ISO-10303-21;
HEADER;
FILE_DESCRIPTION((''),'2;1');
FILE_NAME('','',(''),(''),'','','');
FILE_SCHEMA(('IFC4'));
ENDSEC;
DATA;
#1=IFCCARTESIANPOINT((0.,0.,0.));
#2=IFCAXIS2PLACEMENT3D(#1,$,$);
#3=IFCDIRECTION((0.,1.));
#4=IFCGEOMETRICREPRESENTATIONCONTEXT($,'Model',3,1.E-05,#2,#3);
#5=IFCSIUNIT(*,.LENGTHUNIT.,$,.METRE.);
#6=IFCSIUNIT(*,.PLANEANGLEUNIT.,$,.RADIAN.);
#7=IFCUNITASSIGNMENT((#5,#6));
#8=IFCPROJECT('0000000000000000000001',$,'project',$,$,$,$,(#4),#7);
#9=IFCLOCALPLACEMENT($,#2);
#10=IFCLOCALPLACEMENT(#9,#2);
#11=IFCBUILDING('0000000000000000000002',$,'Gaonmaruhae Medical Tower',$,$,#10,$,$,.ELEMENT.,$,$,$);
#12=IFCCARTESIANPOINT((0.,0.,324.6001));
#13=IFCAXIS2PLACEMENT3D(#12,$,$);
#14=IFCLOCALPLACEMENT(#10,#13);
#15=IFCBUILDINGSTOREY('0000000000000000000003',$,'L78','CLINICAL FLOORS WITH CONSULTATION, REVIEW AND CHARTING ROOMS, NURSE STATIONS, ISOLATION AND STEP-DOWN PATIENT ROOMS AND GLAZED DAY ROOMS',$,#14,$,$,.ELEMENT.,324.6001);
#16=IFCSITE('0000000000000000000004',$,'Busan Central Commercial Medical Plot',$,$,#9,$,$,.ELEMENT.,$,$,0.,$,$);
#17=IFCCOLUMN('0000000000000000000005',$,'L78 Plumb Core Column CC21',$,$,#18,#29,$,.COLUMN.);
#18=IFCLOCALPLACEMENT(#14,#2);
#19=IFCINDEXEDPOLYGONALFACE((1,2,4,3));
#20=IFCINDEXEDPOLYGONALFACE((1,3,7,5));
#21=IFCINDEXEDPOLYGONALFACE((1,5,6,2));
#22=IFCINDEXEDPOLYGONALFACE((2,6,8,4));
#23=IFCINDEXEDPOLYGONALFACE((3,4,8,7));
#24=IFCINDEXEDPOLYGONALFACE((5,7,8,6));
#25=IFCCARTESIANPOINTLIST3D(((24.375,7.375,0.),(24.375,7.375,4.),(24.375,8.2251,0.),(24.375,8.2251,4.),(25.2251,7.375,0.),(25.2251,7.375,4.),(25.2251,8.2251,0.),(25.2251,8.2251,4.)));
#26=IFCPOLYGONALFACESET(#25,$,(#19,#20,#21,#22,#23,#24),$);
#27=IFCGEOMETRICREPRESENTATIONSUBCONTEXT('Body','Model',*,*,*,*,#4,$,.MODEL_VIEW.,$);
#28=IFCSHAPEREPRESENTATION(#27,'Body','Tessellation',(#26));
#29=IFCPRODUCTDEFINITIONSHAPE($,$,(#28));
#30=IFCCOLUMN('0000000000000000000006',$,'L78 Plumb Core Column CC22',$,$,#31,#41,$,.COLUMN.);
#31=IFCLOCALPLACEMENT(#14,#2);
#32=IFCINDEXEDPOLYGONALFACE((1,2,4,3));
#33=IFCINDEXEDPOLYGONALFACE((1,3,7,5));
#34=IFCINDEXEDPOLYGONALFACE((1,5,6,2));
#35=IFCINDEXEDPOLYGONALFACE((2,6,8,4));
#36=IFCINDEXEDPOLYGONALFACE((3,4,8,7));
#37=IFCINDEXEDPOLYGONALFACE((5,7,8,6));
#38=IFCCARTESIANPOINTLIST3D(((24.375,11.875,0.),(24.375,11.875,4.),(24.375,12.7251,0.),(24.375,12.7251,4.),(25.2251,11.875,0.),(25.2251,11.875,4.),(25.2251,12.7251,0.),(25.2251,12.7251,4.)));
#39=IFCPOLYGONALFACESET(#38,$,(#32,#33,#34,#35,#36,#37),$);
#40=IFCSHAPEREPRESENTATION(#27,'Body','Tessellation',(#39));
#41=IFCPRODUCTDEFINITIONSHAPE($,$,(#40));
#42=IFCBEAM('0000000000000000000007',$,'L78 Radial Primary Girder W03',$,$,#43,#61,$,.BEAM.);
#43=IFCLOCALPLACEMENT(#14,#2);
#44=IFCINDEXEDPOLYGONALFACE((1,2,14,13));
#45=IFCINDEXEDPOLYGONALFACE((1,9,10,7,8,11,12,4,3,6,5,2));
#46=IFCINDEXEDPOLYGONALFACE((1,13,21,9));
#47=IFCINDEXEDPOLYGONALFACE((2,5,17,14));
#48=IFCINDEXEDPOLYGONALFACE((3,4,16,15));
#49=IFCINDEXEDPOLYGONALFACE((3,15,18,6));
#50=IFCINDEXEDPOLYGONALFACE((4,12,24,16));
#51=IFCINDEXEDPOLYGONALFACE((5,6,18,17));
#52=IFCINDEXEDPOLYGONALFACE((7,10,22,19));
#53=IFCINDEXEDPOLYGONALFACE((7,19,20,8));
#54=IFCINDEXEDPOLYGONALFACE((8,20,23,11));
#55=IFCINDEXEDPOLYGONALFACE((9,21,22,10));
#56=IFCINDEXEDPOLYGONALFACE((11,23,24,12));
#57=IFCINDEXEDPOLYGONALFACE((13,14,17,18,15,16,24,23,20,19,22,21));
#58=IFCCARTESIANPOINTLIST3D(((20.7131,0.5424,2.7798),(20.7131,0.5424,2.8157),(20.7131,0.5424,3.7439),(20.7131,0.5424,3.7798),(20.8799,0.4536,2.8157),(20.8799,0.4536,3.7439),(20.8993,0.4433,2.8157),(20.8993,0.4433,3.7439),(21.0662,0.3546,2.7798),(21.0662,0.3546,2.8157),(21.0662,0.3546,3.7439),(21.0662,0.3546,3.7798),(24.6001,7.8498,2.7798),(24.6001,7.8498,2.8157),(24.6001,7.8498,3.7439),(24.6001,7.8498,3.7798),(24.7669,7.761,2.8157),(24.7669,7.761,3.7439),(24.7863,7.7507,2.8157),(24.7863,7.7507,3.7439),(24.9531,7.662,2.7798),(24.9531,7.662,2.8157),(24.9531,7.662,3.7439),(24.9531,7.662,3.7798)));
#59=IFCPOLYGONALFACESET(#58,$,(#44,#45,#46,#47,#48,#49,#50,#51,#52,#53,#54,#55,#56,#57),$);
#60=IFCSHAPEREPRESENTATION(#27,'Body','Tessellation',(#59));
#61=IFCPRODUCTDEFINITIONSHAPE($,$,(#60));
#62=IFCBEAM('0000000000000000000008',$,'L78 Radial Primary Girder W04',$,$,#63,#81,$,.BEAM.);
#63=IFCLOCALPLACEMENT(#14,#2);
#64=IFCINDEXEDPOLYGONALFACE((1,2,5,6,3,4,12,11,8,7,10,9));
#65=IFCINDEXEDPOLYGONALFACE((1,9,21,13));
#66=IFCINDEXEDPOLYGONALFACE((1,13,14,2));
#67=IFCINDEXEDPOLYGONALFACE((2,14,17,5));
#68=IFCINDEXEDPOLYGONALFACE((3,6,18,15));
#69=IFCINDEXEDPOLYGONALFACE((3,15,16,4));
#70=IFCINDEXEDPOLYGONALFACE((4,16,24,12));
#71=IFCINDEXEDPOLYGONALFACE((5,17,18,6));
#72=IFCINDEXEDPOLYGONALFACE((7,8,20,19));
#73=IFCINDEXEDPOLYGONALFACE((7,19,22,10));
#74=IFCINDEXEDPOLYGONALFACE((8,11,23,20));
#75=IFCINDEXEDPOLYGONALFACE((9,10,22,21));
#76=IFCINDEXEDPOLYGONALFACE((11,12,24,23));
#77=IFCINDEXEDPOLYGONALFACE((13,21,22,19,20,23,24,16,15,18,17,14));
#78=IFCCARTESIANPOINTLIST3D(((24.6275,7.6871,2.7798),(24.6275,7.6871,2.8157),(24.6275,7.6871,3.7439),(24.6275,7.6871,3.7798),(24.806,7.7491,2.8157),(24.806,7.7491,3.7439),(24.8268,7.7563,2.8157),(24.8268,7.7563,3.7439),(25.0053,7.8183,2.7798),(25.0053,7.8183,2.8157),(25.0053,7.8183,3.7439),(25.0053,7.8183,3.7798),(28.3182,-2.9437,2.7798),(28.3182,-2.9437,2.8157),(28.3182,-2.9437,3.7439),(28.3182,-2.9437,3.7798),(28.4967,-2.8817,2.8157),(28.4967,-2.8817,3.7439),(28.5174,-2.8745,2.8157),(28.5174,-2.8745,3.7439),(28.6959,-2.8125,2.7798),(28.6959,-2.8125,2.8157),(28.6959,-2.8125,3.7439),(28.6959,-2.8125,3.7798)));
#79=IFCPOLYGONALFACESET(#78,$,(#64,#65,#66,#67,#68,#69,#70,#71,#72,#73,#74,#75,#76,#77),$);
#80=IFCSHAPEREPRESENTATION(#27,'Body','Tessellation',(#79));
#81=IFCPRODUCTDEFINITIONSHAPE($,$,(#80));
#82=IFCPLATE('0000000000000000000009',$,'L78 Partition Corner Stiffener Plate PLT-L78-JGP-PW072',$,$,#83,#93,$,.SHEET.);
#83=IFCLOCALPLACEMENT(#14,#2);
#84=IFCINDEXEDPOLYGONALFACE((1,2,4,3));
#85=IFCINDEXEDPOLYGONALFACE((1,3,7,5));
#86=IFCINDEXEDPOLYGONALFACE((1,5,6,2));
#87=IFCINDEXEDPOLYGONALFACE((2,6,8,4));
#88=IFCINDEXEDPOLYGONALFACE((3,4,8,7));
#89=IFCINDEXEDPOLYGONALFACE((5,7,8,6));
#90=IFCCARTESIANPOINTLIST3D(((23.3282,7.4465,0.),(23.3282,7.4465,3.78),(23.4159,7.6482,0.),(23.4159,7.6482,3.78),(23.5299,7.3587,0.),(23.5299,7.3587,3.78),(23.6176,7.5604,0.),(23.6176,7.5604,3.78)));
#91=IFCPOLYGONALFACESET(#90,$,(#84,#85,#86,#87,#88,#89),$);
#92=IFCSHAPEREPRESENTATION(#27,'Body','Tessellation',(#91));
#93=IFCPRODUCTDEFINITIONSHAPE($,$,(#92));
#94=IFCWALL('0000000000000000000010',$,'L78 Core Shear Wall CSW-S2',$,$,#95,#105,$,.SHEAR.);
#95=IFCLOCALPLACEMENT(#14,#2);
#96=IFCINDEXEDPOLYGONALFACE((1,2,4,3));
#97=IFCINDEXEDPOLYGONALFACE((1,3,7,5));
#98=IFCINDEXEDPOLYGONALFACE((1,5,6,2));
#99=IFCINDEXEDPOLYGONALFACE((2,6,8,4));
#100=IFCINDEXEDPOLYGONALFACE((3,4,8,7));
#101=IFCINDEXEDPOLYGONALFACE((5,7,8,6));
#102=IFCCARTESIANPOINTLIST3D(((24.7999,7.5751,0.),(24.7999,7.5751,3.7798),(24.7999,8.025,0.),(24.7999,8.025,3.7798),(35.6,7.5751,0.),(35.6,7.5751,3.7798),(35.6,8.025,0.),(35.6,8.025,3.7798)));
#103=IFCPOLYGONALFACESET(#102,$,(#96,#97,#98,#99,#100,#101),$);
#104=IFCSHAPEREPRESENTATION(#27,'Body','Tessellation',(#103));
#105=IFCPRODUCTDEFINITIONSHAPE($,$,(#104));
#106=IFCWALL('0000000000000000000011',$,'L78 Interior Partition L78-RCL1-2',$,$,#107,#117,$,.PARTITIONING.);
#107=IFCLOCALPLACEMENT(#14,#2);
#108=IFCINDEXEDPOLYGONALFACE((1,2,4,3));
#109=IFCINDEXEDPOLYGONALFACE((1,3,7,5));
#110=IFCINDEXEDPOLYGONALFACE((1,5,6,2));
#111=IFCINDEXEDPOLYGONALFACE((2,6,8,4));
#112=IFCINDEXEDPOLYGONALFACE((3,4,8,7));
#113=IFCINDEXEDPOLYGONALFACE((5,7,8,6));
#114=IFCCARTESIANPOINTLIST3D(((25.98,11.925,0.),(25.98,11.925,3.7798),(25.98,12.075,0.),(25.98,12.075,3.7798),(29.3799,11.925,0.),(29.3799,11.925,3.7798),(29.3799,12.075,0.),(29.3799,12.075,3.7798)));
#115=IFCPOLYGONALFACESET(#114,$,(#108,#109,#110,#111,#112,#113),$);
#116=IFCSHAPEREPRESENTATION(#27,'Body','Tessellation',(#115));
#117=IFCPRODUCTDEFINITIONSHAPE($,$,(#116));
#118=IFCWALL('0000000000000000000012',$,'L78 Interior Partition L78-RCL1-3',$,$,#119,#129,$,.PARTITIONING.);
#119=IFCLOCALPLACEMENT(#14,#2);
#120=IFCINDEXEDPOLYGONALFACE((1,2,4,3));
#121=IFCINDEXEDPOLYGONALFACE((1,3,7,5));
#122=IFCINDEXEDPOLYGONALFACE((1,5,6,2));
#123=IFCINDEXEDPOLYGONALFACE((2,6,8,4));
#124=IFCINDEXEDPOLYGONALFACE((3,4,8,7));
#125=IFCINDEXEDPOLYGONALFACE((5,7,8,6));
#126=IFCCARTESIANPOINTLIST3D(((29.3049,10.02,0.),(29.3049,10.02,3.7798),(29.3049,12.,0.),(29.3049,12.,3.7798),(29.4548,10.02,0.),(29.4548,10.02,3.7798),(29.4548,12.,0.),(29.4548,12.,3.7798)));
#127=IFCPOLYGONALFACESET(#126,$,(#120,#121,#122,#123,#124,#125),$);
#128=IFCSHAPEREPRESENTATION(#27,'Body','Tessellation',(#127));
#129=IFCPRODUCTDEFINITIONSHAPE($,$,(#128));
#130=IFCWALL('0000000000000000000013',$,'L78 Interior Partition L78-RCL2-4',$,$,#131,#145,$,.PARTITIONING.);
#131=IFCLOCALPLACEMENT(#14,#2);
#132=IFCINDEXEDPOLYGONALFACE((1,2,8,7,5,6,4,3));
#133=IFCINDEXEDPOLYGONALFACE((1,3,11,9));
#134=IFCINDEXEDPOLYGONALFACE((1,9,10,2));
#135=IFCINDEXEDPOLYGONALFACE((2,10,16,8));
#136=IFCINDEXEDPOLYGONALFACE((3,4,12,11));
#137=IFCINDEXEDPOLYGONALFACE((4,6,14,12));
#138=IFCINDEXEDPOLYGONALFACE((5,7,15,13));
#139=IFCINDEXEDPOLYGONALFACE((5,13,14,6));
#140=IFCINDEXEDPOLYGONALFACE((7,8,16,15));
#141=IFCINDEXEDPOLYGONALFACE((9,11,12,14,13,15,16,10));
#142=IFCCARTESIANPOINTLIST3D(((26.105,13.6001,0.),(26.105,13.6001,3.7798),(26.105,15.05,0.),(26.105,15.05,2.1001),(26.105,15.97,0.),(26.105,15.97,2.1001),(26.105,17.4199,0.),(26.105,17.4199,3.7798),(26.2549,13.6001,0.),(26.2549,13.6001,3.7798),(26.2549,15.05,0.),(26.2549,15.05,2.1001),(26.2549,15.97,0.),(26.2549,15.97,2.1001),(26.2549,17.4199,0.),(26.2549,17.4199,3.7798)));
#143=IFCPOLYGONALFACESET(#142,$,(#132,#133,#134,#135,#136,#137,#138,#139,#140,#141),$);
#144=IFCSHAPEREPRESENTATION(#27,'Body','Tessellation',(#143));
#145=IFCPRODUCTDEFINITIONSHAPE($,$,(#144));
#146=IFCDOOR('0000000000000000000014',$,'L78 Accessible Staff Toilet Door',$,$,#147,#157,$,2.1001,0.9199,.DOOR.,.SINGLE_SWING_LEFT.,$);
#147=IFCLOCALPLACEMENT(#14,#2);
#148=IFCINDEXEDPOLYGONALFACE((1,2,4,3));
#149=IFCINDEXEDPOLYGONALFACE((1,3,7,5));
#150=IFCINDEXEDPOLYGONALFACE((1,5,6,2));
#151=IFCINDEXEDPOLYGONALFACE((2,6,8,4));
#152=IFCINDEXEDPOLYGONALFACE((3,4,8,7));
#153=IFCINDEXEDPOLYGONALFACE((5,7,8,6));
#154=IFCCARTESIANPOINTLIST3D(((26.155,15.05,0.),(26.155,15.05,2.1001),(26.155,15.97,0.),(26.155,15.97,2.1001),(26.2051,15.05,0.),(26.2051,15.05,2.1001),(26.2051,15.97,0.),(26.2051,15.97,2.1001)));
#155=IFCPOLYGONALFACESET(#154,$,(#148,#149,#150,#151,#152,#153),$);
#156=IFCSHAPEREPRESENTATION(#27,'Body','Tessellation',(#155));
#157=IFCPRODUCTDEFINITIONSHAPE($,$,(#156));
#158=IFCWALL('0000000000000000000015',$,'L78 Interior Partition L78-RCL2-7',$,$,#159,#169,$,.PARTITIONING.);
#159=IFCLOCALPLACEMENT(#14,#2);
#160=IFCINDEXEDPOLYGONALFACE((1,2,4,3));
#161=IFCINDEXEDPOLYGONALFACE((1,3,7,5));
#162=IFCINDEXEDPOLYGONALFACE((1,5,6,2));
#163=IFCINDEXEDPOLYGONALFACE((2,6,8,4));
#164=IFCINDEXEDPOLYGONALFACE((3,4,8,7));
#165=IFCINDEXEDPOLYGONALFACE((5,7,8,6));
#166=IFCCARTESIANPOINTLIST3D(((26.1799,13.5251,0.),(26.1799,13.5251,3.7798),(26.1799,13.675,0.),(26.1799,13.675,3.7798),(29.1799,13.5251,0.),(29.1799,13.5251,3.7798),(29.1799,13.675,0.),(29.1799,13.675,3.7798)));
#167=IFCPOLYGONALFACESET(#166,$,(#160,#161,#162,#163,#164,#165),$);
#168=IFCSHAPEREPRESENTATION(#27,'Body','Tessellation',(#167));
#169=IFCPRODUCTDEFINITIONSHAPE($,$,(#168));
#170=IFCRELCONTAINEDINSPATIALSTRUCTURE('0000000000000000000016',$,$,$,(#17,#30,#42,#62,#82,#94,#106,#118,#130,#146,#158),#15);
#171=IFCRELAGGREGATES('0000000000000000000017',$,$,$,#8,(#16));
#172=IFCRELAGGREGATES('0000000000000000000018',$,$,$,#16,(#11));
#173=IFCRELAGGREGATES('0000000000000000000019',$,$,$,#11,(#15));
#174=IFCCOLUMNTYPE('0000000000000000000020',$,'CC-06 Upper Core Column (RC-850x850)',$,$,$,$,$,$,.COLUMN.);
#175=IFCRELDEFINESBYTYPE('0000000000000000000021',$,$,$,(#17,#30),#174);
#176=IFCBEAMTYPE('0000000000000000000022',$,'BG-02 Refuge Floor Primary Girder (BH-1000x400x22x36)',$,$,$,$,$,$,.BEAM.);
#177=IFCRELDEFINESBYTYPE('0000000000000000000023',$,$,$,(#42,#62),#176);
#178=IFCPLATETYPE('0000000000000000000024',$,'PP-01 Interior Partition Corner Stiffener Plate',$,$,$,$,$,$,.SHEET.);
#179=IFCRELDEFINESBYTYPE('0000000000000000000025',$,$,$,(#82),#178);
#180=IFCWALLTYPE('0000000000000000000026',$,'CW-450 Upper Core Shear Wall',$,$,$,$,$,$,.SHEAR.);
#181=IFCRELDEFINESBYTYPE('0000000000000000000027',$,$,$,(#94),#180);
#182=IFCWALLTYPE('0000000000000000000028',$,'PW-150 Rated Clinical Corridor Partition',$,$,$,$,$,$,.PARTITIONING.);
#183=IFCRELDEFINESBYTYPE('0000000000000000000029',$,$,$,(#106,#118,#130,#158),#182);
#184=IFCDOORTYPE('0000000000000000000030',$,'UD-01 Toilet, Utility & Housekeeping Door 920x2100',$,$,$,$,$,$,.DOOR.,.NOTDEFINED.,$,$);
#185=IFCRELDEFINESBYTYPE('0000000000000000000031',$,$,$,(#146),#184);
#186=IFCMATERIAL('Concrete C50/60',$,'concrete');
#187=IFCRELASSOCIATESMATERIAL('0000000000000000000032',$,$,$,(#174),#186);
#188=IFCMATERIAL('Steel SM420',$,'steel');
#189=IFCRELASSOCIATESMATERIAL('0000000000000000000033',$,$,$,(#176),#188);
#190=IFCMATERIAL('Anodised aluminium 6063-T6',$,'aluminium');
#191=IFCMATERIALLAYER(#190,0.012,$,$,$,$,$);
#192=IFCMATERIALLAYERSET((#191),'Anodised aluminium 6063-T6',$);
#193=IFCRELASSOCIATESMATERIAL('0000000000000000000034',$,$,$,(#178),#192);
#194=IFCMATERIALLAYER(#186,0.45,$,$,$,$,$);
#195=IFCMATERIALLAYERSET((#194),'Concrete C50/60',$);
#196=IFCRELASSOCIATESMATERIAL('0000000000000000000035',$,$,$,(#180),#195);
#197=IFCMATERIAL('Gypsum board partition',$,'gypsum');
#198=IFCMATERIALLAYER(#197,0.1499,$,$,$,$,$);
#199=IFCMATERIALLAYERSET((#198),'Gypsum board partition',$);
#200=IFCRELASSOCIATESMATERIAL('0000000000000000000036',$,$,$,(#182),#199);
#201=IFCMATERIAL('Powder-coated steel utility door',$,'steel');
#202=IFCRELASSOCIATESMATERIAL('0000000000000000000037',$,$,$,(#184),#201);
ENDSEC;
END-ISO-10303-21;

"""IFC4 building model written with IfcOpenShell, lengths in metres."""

from ifc_helpers import new_model, si_unit, direction, frame, frame_2d, origin, origin_2d, place, context, subcontext, project, spatial, rectangle, i_section, extrude, material, layer, layer_set, material_profile, profile_set, type_object, element, fill, save


model = new_model("IFC4")

# Units and contexts
model_context = context("Model", 3, precision=1e-05, world=origin(), true_north=direction((0.0, 1.0)))
body_context = subcontext(model_context, "Body", "Model", "MODEL_VIEW")
ifc_project = project(units=[si_unit("LENGTHUNIT", "METRE"), si_unit("PLANEANGLEUNIT", "RADIAN")], contexts=[model_context])

# Site, building, storey
site_placement = place(None, origin())
site = spatial("IfcSite", under=ifc_project, at=site_placement, Name="Busan Central Commercial Medical Plot", CompositionType="ELEMENT", RefElevation=0.0)
building_placement = place(site_placement, origin())
building = spatial("IfcBuilding", under=site, at=building_placement, Name="Gaonmaruhae Medical Tower", CompositionType="ELEMENT")
storey_placement = place(building_placement, frame((0.0, 0.0, 324.6001)))
storey = spatial("IfcBuildingStorey", under=building, at=storey_placement, Name="L78", Description="CLINICAL FLOORS WITH CONSULTATION, REVIEW AND CHARTING ROOMS, NURSE STATIONS, ISOLATION AND STEP-DOWN PATIENT ROOMS AND GLAZED DAY ROOMS", CompositionType="ELEMENT", Elevation=324.6001)

# Columns
ifc_material_1 = material(Name="Concrete C50/60", Category="concrete")
ifc_material_profile_1 = material_profile(ifc_material_1, rectangle(XDim=0.8501, YDim=0.8501, at=origin_2d()), Name="RC-850x850")
ifc_profile_set_1 = profile_set([ifc_material_profile_1], Name="Concrete C50/60")
column_type = type_object("IfcColumnType", Name="CC-06 Upper Core Column (RC-850x850)", PredefinedType="COLUMN", material=ifc_profile_set_1)
for number, where, z_axis, x_axis, name in (
    (1, (24.8, 7.8, 0.0), (0.0, 0.0, 1.0), (1.0, 0.0, 0.0), "L78 Plumb Core Column CC21"),
    (2, (24.8, 12.3, 0.0), (0.0, 0.0, 1.0), (1.0, 0.0, 0.0), "L78 Plumb Core Column CC22"),
):
    element("IfcColumn", number, at=place(storey_placement, frame(where, z_axis=z_axis, x_axis=x_axis)), inside=storey, type_object=column_type, Name=name, PredefinedType="COLUMN", context=body_context, shape_type="SweptSolid", body=[
        extrude(rectangle(XDim=0.8501, YDim=0.8501, at=origin_2d()), origin(), (0.0, 0.0, 1.0), 4.0),
    ])

# Beams
ifc_material_2 = material(Name="Steel SM420", Category="steel")
ifc_material_profile_2 = material_profile(ifc_material_2, i_section(OverallWidth=0.3999, OverallDepth=1.0, WebThickness=0.022, FlangeThickness=0.0359, at=origin_2d()), Name="BH-1000x400x22x36")
ifc_profile_set_2 = profile_set([ifc_material_profile_2], Name="Steel SM420")
beam_type = type_object("IfcBeamType", Name="BG-02 Refuge Floor Primary Girder (BH-1000x400x22x36)", PredefinedType="BEAM", material=ifc_profile_set_2)
beam_1_placement = place(storey_placement, frame((24.7766, 7.7559, 3.2798), z_axis=(-0.469619, -0.882869, 0.0), x_axis=(0.882869, -0.469619, 0.0)))
element("IfcBeam", 3, at=beam_1_placement, inside=storey, type_object=beam_type, Name="L78 Radial Primary Girder W03", PredefinedType="BEAM", context=body_context, shape_type="SweptSolid", body=[
    extrude(i_section(OverallWidth=0.3999, OverallDepth=1.0, WebThickness=0.022, FlangeThickness=0.0359, at=origin_2d()), origin(), (0.0, 0.0, 1.0), 8.2769),
])
beam_2_placement = place(storey_placement, frame((24.8164, 7.7527, 3.2798), z_axis=(0.327964, -0.94469, 0.0), x_axis=(0.94469, 0.327964, 0.0)))
element("IfcBeam", 4, at=beam_2_placement, inside=storey, type_object=beam_type, Name="L78 Radial Primary Girder W04", PredefinedType="BEAM", context=body_context, shape_type="SweptSolid", body=[
    extrude(i_section(OverallWidth=0.3999, OverallDepth=1.0, WebThickness=0.022, FlangeThickness=0.0359, at=origin_2d()), origin(), (0.0, 0.0, 1.0), 11.2532),
])

# Plate
ifc_material_3 = material(Name="Anodised aluminium 6063-T6", Category="aluminium")
ifc_layer_1 = layer(ifc_material_3, 0.012)
ifc_layer_set_1 = layer_set([ifc_layer_1], Name="Anodised aluminium 6063-T6")
plate_type = type_object("IfcPlateType", Name="PP-01 Interior Partition Corner Stiffener Plate", PredefinedType="SHEET", material=ifc_layer_set_1)
plate_placement = place(storey_placement, frame((23.4729, 7.5034, 0.0), z_axis=(0.0, 0.0, 1.0), x_axis=(0.916907, -0.399101, 0.0)))
element("IfcPlate", 5, at=plate_placement, inside=storey, type_object=plate_type, Name="L78 Partition Corner Stiffener Plate PLT-L78-JGP-PW072", PredefinedType="SHEET", context=body_context, shape_type="SweptSolid", body=[
    extrude(rectangle(XDim=0.22, YDim=0.22, at=origin_2d()), origin(), (0.0, 0.0, 1.0), 3.78),
])

# Wall
ifc_layer_2 = layer(ifc_material_1, 0.45)
ifc_layer_set_2 = layer_set([ifc_layer_2], Name="Concrete C50/60")
wall_type_1 = type_object("IfcWallType", Name="CW-450 Upper Core Shear Wall", PredefinedType="SHEAR", material=ifc_layer_set_2)
wall_1_placement = place(storey_placement, frame((24.8, 7.8, 0.0), z_axis=(0.0, 0.0, 1.0), x_axis=(1.0, 0.0, 0.0)))
element("IfcWall", 6, at=wall_1_placement, inside=storey, type_object=wall_type_1, Name="L78 Core Shear Wall CSW-S2", PredefinedType="SHEAR", context=body_context, shape_type="SweptSolid", body=[
    extrude(rectangle(XDim=10.8, YDim=0.45, at=frame_2d((5.3999, 0.0))), origin(), (0.0, 0.0, 1.0), 3.7798),
])

# Shared definitions
ifc_material_4 = material(Name="Gypsum board partition", Category="gypsum")
ifc_layer_3 = layer(ifc_material_4, 0.1499)
ifc_layer_set_3 = layer_set([ifc_layer_3], Name="Gypsum board partition")
wall_type_2 = type_object("IfcWallType", Name="PW-150 Rated Clinical Corridor Partition", PredefinedType="PARTITIONING", material=ifc_layer_set_3)

# Walls
wall_2_placement = place(storey_placement, frame((25.98, 12.0, 0.0), z_axis=(0.0, 0.0, 1.0), x_axis=(1.0, 0.0, 0.0)))
element("IfcWall", 7, at=wall_2_placement, inside=storey, type_object=wall_type_2, Name="L78 Interior Partition L78-RCL1-2", PredefinedType="PARTITIONING", context=body_context, shape_type="SweptSolid", body=[
    extrude(rectangle(XDim=3.3999, YDim=0.1499, at=frame_2d((1.7, 0.0))), origin(), (0.0, 0.0, 1.0), 3.7798),
])
wall_3_placement = place(storey_placement, frame((29.3799, 12.0, 0.0), z_axis=(0.0, 0.0, 1.0), x_axis=(0.0, -1.0, 0.0)))
element("IfcWall", 8, at=wall_3_placement, inside=storey, type_object=wall_type_2, Name="L78 Interior Partition L78-RCL1-3", PredefinedType="PARTITIONING", context=body_context, shape_type="SweptSolid", body=[
    extrude(rectangle(XDim=1.98, YDim=0.1499, at=frame_2d((0.99, 0.0))), origin(), (0.0, 0.0, 1.0), 3.7798),
])

# Wall, opening, door
wall_4_placement = place(storey_placement, frame((26.1799, 13.6001, 0.0), z_axis=(0.0, 0.0, 1.0), x_axis=(0.0, 1.0, 0.0)))
wall_4 = element("IfcWall", 9, at=wall_4_placement, inside=storey, type_object=wall_type_2, Name="L78 Interior Partition L78-RCL2-4", PredefinedType="PARTITIONING", context=body_context, shape_type="SweptSolid", body=[
    extrude(rectangle(XDim=3.8198, YDim=0.1499, at=frame_2d((1.9099, 0.0))), origin(), (0.0, 0.0, 1.0), 3.7798),
])
opening_1_placement = place(wall_4_placement, frame((1.45, 0.0, 0.0)))
opening_1 = element("IfcOpeningElement", 10, at=opening_1_placement, cuts=wall_4, PredefinedType="OPENING", context=body_context, shape_type="SweptSolid", body=[
    extrude(rectangle(XDim=0.9199, YDim=2.1001, at=frame_2d((0.46, 1.05))), frame((0.0, 0.085, 0.0), z_axis=(0.0, -1.0, 0.0), x_axis=(1.0, 0.0, 0.0)), (0.0, 0.0, 1.0), 0.1699),
])
ifc_material_5 = material(Name="Powder-coated steel utility door", Category="steel")
door_type_1 = type_object("IfcDoorType", Name="UD-01 Toilet, Utility & Housekeeping Door 920x2100", OperationType="NOTDEFINED", PredefinedType="DOOR", material=ifc_material_5)
door_1_placement = place(opening_1_placement, origin())
door_1 = element("IfcDoor", 11, at=door_1_placement, inside=storey, type_object=door_type_1, Name="L78 Accessible Staff Toilet Door", OperationType="SINGLE_SWING_LEFT", OverallHeight=2.1001, OverallWidth=0.9199, PredefinedType="DOOR", context=body_context, shape_type="SweptSolid", body=[
    extrude(rectangle(XDim=0.9199, YDim=2.1001, at=frame_2d((0.46, 1.05))), frame((0.0, 0.0249, 0.0), z_axis=(0.0, -1.0, 0.0), x_axis=(1.0, 0.0, 0.0)), (0.0, 0.0, 1.0), 0.05),
])
fill(opening_1, door_1)

# Wall
wall_5_placement = place(storey_placement, frame((29.1799, 13.6001, 0.0), z_axis=(0.0, 0.0, 1.0), x_axis=(-1.0, 0.0, 0.0)))
element("IfcWall", 12, at=wall_5_placement, inside=storey, type_object=wall_type_2, Name="L78 Interior Partition L78-RCL2-7", PredefinedType="PARTITIONING", context=body_context, shape_type="SweptSolid", body=[
    extrude(rectangle(XDim=3.0, YDim=0.1499, at=frame_2d((1.5, 0.0))), origin(), (0.0, 0.0, 1.0), 3.7798),
])

save(model, "model.ifc")
